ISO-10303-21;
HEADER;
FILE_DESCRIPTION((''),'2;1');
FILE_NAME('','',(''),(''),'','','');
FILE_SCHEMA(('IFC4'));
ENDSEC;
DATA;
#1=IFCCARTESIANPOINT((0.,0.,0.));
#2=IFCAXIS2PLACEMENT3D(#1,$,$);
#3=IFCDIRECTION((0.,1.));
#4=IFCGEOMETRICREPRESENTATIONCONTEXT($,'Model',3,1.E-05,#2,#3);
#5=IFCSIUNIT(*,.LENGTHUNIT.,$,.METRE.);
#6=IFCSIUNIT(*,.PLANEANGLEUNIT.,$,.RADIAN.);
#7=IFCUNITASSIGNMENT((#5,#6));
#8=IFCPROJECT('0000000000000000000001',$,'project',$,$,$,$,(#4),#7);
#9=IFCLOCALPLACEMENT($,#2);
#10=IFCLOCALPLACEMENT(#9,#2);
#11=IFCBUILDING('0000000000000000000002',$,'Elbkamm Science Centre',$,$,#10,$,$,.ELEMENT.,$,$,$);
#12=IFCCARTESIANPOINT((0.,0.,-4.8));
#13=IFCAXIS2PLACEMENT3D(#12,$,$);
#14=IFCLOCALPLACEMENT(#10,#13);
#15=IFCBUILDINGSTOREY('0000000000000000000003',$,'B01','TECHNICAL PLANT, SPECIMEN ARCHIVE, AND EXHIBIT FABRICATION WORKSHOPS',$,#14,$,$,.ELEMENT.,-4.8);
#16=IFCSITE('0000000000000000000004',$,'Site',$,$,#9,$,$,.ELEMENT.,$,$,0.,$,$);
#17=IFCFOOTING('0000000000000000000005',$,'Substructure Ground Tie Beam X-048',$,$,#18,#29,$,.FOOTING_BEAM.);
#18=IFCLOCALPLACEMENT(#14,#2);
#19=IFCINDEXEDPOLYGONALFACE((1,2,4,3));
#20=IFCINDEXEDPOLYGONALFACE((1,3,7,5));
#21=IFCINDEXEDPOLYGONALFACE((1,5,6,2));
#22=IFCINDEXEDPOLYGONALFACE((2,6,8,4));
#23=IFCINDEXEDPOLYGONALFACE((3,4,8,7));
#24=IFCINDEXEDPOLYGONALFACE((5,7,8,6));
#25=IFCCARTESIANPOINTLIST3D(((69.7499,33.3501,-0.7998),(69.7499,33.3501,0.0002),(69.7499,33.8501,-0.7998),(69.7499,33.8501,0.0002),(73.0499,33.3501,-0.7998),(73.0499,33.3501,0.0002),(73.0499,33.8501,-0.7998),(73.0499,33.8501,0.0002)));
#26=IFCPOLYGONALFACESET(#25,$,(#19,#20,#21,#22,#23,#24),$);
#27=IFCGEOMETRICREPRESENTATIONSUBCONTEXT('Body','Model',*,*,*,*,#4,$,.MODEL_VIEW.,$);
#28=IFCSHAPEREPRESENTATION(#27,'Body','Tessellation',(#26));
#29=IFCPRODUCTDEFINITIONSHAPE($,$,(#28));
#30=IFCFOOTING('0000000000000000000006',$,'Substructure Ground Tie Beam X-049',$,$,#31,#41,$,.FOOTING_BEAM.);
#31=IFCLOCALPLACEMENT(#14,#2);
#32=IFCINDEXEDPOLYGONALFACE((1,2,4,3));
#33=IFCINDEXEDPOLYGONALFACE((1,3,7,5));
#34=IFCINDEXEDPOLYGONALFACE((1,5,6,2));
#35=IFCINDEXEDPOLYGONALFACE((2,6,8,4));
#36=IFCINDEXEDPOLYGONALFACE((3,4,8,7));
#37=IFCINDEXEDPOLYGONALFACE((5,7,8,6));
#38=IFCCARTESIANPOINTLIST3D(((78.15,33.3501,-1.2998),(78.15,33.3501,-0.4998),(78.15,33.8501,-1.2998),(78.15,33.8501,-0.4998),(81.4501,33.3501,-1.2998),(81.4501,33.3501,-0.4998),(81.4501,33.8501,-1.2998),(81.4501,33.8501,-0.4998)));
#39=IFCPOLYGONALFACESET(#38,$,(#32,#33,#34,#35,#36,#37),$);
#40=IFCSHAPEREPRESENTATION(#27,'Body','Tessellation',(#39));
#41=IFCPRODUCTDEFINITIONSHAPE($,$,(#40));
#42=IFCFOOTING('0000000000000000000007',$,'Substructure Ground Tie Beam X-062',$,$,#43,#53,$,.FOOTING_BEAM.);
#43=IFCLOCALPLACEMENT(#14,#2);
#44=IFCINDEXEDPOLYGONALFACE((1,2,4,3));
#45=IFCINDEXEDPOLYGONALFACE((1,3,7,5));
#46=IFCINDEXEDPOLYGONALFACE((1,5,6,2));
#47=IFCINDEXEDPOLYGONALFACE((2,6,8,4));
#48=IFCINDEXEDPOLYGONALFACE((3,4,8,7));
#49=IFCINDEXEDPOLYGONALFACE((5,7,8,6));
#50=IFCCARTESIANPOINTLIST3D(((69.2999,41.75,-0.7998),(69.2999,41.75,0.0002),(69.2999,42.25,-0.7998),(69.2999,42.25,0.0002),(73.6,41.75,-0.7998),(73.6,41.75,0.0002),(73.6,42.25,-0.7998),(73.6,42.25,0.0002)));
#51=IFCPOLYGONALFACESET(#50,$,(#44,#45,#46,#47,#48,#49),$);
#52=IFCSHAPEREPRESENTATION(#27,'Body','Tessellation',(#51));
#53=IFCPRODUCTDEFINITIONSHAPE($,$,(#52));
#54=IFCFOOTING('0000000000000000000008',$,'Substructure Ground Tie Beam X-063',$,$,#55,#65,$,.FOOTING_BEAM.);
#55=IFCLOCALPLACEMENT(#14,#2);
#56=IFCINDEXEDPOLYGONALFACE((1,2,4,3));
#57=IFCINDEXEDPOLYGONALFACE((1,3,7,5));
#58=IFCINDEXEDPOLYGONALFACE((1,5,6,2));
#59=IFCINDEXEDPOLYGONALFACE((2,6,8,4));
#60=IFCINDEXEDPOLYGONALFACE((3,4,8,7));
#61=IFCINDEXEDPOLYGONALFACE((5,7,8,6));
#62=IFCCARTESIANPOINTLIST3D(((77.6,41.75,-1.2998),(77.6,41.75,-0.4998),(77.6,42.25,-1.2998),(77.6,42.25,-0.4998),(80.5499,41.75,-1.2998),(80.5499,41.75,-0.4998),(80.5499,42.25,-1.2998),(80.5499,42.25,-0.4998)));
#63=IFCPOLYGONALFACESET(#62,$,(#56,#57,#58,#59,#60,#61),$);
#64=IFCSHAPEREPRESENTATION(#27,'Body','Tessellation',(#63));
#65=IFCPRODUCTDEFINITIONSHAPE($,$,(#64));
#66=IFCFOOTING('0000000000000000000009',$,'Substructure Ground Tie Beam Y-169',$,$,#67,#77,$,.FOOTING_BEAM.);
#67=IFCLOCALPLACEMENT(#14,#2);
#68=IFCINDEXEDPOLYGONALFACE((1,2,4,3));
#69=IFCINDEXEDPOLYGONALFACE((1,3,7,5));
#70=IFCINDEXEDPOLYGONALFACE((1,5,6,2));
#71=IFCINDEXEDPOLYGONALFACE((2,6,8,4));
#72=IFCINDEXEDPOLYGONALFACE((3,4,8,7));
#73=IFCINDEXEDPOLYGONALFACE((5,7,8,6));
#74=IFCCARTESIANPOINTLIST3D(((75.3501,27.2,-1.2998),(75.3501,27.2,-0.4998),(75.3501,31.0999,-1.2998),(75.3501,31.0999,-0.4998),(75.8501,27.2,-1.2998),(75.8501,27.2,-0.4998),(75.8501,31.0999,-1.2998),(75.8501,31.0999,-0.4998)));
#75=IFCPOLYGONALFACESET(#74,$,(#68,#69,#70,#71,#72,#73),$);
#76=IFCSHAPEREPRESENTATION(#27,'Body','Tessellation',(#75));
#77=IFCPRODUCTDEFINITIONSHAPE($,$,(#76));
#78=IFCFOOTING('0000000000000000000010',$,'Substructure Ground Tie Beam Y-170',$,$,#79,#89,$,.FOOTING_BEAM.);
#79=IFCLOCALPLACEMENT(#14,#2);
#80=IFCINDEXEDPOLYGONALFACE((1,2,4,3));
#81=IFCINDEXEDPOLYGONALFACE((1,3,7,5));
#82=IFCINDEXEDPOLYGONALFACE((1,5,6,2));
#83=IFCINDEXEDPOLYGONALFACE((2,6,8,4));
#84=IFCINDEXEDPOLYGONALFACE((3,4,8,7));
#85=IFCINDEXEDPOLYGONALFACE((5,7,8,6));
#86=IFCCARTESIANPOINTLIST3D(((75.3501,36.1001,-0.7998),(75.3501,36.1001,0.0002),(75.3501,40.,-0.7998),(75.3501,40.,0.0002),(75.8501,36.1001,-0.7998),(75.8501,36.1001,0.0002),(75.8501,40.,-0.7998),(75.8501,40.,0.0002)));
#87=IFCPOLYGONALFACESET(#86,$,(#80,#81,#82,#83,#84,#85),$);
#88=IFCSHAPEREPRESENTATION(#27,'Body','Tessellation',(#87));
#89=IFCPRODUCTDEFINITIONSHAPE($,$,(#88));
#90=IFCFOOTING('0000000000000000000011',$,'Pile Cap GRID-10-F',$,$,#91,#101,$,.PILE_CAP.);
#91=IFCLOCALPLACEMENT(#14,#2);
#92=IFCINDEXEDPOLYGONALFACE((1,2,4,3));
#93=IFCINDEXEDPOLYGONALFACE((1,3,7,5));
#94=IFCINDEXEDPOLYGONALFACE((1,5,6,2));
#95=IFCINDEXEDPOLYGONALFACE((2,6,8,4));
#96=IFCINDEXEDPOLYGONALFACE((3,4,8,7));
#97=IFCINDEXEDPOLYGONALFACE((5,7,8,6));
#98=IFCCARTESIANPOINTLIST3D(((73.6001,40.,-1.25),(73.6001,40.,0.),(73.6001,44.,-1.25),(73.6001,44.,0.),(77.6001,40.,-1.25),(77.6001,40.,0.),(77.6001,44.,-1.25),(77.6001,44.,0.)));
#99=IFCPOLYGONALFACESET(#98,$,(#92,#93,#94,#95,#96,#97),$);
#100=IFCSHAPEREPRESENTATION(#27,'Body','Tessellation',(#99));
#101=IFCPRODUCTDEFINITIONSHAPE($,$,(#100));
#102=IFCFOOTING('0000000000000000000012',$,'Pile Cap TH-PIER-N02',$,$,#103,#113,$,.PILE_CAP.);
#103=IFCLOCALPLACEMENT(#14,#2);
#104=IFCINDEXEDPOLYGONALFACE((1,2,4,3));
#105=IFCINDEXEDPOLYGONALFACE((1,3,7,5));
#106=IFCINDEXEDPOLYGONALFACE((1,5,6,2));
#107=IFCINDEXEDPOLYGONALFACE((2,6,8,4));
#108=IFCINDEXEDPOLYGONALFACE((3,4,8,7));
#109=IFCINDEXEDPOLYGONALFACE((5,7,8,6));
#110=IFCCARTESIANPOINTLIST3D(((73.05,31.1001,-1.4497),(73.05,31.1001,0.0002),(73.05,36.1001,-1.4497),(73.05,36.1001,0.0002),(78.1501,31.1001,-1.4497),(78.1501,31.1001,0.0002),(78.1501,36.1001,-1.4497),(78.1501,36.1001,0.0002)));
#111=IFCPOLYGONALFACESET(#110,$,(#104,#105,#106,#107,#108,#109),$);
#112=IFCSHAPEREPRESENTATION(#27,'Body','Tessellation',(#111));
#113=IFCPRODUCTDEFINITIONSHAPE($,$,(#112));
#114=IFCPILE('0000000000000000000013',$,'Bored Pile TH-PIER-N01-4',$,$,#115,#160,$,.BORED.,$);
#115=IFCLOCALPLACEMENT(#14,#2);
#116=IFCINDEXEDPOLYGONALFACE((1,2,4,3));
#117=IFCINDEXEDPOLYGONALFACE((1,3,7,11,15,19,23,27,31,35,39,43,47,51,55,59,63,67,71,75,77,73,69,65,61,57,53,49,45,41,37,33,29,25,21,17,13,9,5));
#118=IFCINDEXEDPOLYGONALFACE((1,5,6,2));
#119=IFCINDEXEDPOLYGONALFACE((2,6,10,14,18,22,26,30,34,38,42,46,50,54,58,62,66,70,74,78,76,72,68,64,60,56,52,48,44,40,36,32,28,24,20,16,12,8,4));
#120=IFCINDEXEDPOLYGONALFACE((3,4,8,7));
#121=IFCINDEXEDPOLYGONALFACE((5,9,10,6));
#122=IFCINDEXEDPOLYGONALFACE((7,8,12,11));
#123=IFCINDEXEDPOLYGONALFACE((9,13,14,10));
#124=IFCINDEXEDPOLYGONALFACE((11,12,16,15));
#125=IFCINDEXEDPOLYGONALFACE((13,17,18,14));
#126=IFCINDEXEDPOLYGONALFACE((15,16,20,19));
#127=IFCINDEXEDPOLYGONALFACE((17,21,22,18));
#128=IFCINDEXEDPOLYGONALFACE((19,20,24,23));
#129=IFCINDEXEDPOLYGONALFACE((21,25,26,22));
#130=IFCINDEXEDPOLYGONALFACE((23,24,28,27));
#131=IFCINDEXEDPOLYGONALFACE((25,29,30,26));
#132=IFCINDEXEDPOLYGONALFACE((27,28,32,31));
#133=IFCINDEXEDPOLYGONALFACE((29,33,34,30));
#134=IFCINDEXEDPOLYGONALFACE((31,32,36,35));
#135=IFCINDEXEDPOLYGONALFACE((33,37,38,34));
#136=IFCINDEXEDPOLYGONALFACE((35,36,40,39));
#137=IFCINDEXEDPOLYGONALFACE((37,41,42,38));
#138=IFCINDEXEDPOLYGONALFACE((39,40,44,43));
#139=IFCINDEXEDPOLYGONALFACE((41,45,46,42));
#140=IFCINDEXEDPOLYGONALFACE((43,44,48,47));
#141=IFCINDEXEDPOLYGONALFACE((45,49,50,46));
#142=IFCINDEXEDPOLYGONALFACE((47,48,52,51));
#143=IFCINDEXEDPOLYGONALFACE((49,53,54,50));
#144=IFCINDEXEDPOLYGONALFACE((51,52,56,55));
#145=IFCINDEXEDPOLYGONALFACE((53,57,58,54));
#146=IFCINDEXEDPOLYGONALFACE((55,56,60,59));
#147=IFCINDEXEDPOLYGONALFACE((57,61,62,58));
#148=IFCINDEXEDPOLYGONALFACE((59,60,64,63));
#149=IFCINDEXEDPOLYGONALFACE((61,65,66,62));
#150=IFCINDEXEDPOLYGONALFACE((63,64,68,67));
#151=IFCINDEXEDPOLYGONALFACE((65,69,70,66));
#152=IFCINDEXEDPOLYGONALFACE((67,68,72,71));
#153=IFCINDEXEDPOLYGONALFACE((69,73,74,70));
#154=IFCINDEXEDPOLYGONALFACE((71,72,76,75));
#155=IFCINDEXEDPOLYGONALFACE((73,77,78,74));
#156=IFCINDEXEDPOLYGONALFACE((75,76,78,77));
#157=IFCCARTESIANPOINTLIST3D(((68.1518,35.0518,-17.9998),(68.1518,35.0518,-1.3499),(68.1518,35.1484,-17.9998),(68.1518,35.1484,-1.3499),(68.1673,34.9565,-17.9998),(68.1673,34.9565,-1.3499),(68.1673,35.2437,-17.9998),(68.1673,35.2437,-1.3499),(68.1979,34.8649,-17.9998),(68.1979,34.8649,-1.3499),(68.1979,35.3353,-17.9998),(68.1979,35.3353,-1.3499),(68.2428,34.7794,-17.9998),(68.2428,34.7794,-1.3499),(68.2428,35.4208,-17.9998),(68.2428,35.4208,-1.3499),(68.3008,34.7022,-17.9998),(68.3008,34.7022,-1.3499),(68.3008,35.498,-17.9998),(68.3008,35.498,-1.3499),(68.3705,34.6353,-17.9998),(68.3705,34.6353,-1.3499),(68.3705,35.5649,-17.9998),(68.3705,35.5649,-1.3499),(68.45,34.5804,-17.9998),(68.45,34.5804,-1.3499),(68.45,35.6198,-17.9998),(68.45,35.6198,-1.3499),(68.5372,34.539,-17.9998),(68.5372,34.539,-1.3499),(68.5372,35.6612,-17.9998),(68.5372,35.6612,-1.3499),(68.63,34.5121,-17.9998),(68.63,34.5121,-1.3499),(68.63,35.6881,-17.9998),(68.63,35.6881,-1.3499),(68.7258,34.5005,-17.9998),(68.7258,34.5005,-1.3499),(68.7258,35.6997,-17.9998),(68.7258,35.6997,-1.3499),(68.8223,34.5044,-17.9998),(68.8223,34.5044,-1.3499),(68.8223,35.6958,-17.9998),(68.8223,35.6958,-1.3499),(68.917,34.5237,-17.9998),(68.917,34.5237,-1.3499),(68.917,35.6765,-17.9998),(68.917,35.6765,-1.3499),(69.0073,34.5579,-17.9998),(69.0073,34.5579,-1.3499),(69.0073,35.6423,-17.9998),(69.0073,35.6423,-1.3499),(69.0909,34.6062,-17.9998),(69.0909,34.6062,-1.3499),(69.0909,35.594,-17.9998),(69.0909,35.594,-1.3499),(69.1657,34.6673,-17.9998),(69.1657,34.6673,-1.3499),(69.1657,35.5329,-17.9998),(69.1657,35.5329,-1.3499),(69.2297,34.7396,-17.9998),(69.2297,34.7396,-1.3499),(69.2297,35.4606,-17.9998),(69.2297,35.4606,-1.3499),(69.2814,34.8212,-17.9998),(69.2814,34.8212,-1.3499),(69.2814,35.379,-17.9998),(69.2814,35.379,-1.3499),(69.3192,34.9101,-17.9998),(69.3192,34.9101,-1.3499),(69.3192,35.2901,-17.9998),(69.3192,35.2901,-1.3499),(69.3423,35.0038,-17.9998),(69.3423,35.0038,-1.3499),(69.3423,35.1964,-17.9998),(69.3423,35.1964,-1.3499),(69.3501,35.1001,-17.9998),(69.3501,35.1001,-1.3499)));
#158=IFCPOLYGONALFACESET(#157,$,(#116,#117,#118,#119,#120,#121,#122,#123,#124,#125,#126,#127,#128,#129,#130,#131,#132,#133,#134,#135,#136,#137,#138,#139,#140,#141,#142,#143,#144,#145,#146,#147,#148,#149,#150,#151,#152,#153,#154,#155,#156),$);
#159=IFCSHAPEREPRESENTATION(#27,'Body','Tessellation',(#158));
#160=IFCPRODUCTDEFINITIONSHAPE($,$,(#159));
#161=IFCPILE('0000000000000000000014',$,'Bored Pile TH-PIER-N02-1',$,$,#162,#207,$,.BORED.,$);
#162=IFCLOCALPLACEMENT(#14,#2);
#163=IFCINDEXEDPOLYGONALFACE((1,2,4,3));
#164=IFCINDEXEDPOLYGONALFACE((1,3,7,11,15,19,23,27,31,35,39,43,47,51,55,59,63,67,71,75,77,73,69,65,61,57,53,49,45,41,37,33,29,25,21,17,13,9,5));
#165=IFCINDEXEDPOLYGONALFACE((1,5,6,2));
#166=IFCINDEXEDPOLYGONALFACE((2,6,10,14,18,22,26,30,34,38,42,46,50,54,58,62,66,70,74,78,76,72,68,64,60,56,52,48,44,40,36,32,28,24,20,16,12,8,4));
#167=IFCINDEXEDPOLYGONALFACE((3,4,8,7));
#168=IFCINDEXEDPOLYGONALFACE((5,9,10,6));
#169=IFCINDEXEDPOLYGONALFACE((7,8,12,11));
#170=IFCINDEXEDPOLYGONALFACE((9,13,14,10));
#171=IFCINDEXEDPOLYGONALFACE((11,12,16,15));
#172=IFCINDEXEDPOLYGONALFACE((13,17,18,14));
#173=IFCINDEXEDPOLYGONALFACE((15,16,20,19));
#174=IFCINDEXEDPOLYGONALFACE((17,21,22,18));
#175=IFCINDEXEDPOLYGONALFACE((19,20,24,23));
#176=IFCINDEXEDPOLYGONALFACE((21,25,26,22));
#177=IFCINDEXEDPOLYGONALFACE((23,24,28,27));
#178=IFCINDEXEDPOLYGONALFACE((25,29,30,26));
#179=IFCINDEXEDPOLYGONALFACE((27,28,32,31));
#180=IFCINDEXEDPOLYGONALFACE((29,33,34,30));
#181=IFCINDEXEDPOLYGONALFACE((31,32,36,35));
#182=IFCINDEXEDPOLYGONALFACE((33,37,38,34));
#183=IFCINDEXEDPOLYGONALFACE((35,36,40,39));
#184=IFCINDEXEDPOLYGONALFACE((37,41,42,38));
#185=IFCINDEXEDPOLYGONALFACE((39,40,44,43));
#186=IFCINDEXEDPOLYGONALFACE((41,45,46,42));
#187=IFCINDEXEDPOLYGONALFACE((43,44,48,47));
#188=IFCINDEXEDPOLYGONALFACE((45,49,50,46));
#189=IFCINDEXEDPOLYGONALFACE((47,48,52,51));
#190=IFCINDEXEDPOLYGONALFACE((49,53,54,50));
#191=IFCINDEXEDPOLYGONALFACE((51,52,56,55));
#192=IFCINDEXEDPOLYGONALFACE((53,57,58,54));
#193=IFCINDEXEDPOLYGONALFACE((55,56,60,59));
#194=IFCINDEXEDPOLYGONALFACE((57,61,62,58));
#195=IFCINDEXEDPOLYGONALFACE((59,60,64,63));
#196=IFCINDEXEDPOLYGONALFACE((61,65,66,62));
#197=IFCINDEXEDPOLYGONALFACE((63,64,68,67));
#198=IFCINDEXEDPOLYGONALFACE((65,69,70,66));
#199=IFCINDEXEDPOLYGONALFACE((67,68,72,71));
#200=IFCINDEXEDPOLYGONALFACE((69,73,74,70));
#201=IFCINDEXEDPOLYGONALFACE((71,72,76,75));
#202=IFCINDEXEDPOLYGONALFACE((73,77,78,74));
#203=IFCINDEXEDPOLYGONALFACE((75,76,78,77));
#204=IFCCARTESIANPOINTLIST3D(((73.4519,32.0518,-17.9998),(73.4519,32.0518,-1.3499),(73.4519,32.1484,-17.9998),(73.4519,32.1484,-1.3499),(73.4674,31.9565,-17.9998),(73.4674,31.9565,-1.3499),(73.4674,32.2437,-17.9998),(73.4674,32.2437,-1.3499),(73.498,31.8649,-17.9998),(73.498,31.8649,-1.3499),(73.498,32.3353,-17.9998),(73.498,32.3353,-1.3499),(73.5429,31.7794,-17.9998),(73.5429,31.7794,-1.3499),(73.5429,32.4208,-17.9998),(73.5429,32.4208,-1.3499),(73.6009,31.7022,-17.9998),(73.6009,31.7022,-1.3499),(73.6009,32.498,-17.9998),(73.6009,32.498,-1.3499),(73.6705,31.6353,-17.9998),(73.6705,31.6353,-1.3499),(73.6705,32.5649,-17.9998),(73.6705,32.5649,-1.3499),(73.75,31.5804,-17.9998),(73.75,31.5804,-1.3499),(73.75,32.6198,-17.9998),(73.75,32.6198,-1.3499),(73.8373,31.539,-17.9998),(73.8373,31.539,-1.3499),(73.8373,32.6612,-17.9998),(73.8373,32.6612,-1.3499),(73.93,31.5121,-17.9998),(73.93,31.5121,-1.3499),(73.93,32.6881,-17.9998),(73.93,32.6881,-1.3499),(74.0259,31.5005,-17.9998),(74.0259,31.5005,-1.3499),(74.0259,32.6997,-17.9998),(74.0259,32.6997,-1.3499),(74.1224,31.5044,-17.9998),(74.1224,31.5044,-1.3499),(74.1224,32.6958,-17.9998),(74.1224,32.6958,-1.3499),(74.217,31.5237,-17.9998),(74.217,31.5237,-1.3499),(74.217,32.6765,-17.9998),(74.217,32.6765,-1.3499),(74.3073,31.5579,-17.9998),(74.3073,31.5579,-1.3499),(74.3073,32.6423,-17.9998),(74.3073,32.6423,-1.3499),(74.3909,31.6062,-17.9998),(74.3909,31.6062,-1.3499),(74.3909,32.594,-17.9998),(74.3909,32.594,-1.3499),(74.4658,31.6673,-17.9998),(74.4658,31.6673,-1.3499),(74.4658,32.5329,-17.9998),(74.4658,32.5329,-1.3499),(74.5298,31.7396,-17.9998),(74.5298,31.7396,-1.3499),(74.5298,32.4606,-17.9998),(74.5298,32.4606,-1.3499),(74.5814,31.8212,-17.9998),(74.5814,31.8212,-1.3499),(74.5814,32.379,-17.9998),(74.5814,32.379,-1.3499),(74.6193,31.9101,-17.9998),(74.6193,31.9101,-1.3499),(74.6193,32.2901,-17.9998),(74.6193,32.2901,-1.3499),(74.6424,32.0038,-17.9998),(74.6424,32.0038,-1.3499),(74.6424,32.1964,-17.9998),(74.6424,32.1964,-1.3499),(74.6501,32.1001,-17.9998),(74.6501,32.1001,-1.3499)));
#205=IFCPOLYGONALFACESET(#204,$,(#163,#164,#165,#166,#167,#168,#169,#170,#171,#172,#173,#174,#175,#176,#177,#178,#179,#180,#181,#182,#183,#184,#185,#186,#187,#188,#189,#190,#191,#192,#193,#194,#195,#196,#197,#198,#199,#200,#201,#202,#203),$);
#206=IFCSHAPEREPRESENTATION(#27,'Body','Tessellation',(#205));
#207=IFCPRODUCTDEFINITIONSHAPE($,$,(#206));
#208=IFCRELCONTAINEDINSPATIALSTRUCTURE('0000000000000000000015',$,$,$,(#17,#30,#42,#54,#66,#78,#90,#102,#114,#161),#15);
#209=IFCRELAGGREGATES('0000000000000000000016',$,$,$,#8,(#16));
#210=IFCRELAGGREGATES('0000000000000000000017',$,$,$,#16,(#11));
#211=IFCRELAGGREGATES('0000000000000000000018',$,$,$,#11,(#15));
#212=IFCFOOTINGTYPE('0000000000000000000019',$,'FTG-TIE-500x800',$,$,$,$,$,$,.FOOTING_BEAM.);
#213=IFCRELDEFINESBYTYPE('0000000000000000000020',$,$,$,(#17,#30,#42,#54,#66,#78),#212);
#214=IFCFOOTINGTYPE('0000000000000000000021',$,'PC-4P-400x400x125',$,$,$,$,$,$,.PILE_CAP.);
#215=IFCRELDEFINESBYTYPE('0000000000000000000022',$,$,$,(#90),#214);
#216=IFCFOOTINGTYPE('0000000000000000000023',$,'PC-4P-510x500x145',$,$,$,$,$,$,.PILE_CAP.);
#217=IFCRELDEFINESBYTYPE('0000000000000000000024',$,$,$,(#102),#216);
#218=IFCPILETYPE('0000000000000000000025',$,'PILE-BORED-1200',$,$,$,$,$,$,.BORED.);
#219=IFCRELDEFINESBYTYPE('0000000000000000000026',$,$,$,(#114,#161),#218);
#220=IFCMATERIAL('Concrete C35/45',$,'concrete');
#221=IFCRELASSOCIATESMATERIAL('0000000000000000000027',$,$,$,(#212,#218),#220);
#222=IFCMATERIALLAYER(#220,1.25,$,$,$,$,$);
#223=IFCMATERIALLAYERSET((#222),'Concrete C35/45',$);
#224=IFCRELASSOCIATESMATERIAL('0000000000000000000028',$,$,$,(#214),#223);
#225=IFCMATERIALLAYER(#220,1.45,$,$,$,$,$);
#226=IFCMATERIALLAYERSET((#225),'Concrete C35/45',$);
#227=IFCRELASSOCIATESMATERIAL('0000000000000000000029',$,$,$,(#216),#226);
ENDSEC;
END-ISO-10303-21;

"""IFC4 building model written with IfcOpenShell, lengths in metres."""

from ifc_helpers import new_model, si_unit, direction, frame, origin, origin_2d, place, context, subcontext, project, spatial, rectangle, circle, extrude, material, layer, layer_set, material_profile, profile_set, type_object, element, save


model = new_model("IFC4")

# Units and contexts
model_context = context("Model", 3, precision=1e-05, world=origin(), true_north=direction((0.0, 1.0)))
body_context = subcontext(model_context, "Body", "Model", "MODEL_VIEW")
ifc_project = project(units=[si_unit("LENGTHUNIT", "METRE"), si_unit("PLANEANGLEUNIT", "RADIAN")], contexts=[model_context])

# Site, building, storey
site_placement = place(None, origin())
site = spatial("IfcSite", under=ifc_project, at=site_placement, Name="Site", CompositionType="ELEMENT", RefElevation=0.0)
building_placement = place(site_placement, origin())
building = spatial("IfcBuilding", under=site, at=building_placement, Name="Elbkamm Science Centre", CompositionType="ELEMENT")
storey_placement = place(building_placement, frame((0.0, 0.0, -4.8)))
storey = spatial("IfcBuildingStorey", under=building, at=storey_placement, Name="B01", Description="TECHNICAL PLANT, SPECIMEN ARCHIVE, AND EXHIBIT FABRICATION WORKSHOPS", CompositionType="ELEMENT", Elevation=-4.8)

# Footings
ifc_material_1 = material(Name="Concrete C35/45", Category="concrete")
footing_type_1 = type_object("IfcFootingType", Name="FTG-TIE-500x800", PredefinedType="FOOTING_BEAM", material=ifc_material_1)
for number, where, z_axis, x_axis, name in (
    (1, (71.3999, 33.6001, -0.7998), (0.0, 0.0, 1.0), (1.0, 0.0, 0.0), "Substructure Ground Tie Beam X-048"),
    (2, (79.8, 33.6001, -1.2998), (0.0, 0.0, 1.0), (1.0, 0.0, 0.0), "Substructure Ground Tie Beam X-049"),
):
    element("IfcFooting", number, at=place(storey_placement, frame(where, z_axis=z_axis, x_axis=x_axis)), inside=storey, type_object=footing_type_1, Name=name, PredefinedType="FOOTING_BEAM", context=body_context, shape_type="SweptSolid", body=[
        extrude(rectangle(XDim=3.3, YDim=0.5, at=origin_2d()), origin(), (0.0, 0.0, 1.0), 0.8),
    ])
footing_1_placement = place(storey_placement, frame((71.45, 42.0, -0.7998), z_axis=(0.0, 0.0, 1.0), x_axis=(1.0, 0.0, 0.0)))
element("IfcFooting", 3, at=footing_1_placement, inside=storey, type_object=footing_type_1, Name="Substructure Ground Tie Beam X-062", PredefinedType="FOOTING_BEAM", context=body_context, shape_type="SweptSolid", body=[
    extrude(rectangle(XDim=4.3, YDim=0.5, at=origin_2d()), origin(), (0.0, 0.0, 1.0), 0.8),
])
footing_2_placement = place(storey_placement, frame((79.075, 42.0, -1.2998), z_axis=(0.0, 0.0, 1.0), x_axis=(1.0, 0.0, 0.0)))
element("IfcFooting", 4, at=footing_2_placement, inside=storey, type_object=footing_type_1, Name="Substructure Ground Tie Beam X-063", PredefinedType="FOOTING_BEAM", context=body_context, shape_type="SweptSolid", body=[
    extrude(rectangle(XDim=2.95, YDim=0.5, at=origin_2d()), origin(), (0.0, 0.0, 1.0), 0.8),
])
for number, where, z_axis, x_axis, name in (
    (5, (75.6001, 29.1499, -1.2998), (0.0, 0.0, 1.0), (1.0, 0.0, 0.0), "Substructure Ground Tie Beam Y-169"),
    (6, (75.6001, 38.05, -0.7998), (0.0, 0.0, 1.0), (1.0, 0.0, 0.0), "Substructure Ground Tie Beam Y-170"),
):
    element("IfcFooting", number, at=place(storey_placement, frame(where, z_axis=z_axis, x_axis=x_axis)), inside=storey, type_object=footing_type_1, Name=name, PredefinedType="FOOTING_BEAM", context=body_context, shape_type="SweptSolid", body=[
        extrude(rectangle(XDim=0.5, YDim=3.8999, at=origin_2d()), origin(), (0.0, 0.0, 1.0), 0.8),
    ])
ifc_layer_1 = layer(ifc_material_1, 1.25)
ifc_layer_set_1 = layer_set([ifc_layer_1], Name="Concrete C35/45")
footing_type_2 = type_object("IfcFootingType", Name="PC-4P-400x400x125", PredefinedType="PILE_CAP", material=ifc_layer_set_1)
footing_3_placement = place(storey_placement, frame((75.6001, 42.0, -1.25), z_axis=(0.0, 0.0, 1.0), x_axis=(1.0, 0.0, 0.0)))
element("IfcFooting", 7, at=footing_3_placement, inside=storey, type_object=footing_type_2, Name="Pile Cap GRID-10-F", PredefinedType="PILE_CAP", context=body_context, shape_type="SweptSolid", body=[
    extrude(rectangle(XDim=4.0, YDim=4.0, at=origin_2d()), origin(), (0.0, 0.0, 1.0), 1.25),
])
ifc_layer_2 = layer(ifc_material_1, 1.45)
ifc_layer_set_2 = layer_set([ifc_layer_2], Name="Concrete C35/45")
footing_type_3 = type_object("IfcFootingType", Name="PC-4P-510x500x145", PredefinedType="PILE_CAP", material=ifc_layer_set_2)
footing_4_placement = place(storey_placement, frame((75.6001, 33.6001, -1.4497), z_axis=(0.0, 0.0, 1.0), x_axis=(1.0, 0.0, 0.0)))
element("IfcFooting", 8, at=footing_4_placement, inside=storey, type_object=footing_type_3, Name="Pile Cap TH-PIER-N02", PredefinedType="PILE_CAP", context=body_context, shape_type="SweptSolid", body=[
    extrude(rectangle(XDim=5.1001, YDim=5.0, at=origin_2d()), origin(), (0.0, 0.0, 1.0), 1.45),
])

# Piles
ifc_material_profile_1 = material_profile(ifc_material_1, circle(Radius=0.6001, at=origin_2d()), Name="PILE D1200")
ifc_profile_set_1 = profile_set([ifc_material_profile_1], Name="Concrete C35/45")
pile_type_1 = type_object("IfcPileType", Name="PILE-BORED-1200", PredefinedType="BORED", material=ifc_profile_set_1)
for number, where, z_axis, x_axis, name in (
    (9, (68.75, 35.1001, -1.3499), (0.0, 0.0, -1.0), (1.0, 0.0, 0.0), "Bored Pile TH-PIER-N01-4"),
    (10, (74.05, 32.1001, -1.3499), (0.0, 0.0, -1.0), (1.0, 0.0, 0.0), "Bored Pile TH-PIER-N02-1"),
):
    element("IfcPile", number, at=place(storey_placement, frame(where, z_axis=z_axis, x_axis=x_axis)), inside=storey, type_object=pile_type_1, Name=name, PredefinedType="BORED", context=body_context, shape_type="SweptSolid", body=[
        extrude(circle(Radius=0.6001, at=origin_2d()), origin(), (0.0, 0.0, 1.0), 16.6499),
    ])

save(model, "model.ifc")
